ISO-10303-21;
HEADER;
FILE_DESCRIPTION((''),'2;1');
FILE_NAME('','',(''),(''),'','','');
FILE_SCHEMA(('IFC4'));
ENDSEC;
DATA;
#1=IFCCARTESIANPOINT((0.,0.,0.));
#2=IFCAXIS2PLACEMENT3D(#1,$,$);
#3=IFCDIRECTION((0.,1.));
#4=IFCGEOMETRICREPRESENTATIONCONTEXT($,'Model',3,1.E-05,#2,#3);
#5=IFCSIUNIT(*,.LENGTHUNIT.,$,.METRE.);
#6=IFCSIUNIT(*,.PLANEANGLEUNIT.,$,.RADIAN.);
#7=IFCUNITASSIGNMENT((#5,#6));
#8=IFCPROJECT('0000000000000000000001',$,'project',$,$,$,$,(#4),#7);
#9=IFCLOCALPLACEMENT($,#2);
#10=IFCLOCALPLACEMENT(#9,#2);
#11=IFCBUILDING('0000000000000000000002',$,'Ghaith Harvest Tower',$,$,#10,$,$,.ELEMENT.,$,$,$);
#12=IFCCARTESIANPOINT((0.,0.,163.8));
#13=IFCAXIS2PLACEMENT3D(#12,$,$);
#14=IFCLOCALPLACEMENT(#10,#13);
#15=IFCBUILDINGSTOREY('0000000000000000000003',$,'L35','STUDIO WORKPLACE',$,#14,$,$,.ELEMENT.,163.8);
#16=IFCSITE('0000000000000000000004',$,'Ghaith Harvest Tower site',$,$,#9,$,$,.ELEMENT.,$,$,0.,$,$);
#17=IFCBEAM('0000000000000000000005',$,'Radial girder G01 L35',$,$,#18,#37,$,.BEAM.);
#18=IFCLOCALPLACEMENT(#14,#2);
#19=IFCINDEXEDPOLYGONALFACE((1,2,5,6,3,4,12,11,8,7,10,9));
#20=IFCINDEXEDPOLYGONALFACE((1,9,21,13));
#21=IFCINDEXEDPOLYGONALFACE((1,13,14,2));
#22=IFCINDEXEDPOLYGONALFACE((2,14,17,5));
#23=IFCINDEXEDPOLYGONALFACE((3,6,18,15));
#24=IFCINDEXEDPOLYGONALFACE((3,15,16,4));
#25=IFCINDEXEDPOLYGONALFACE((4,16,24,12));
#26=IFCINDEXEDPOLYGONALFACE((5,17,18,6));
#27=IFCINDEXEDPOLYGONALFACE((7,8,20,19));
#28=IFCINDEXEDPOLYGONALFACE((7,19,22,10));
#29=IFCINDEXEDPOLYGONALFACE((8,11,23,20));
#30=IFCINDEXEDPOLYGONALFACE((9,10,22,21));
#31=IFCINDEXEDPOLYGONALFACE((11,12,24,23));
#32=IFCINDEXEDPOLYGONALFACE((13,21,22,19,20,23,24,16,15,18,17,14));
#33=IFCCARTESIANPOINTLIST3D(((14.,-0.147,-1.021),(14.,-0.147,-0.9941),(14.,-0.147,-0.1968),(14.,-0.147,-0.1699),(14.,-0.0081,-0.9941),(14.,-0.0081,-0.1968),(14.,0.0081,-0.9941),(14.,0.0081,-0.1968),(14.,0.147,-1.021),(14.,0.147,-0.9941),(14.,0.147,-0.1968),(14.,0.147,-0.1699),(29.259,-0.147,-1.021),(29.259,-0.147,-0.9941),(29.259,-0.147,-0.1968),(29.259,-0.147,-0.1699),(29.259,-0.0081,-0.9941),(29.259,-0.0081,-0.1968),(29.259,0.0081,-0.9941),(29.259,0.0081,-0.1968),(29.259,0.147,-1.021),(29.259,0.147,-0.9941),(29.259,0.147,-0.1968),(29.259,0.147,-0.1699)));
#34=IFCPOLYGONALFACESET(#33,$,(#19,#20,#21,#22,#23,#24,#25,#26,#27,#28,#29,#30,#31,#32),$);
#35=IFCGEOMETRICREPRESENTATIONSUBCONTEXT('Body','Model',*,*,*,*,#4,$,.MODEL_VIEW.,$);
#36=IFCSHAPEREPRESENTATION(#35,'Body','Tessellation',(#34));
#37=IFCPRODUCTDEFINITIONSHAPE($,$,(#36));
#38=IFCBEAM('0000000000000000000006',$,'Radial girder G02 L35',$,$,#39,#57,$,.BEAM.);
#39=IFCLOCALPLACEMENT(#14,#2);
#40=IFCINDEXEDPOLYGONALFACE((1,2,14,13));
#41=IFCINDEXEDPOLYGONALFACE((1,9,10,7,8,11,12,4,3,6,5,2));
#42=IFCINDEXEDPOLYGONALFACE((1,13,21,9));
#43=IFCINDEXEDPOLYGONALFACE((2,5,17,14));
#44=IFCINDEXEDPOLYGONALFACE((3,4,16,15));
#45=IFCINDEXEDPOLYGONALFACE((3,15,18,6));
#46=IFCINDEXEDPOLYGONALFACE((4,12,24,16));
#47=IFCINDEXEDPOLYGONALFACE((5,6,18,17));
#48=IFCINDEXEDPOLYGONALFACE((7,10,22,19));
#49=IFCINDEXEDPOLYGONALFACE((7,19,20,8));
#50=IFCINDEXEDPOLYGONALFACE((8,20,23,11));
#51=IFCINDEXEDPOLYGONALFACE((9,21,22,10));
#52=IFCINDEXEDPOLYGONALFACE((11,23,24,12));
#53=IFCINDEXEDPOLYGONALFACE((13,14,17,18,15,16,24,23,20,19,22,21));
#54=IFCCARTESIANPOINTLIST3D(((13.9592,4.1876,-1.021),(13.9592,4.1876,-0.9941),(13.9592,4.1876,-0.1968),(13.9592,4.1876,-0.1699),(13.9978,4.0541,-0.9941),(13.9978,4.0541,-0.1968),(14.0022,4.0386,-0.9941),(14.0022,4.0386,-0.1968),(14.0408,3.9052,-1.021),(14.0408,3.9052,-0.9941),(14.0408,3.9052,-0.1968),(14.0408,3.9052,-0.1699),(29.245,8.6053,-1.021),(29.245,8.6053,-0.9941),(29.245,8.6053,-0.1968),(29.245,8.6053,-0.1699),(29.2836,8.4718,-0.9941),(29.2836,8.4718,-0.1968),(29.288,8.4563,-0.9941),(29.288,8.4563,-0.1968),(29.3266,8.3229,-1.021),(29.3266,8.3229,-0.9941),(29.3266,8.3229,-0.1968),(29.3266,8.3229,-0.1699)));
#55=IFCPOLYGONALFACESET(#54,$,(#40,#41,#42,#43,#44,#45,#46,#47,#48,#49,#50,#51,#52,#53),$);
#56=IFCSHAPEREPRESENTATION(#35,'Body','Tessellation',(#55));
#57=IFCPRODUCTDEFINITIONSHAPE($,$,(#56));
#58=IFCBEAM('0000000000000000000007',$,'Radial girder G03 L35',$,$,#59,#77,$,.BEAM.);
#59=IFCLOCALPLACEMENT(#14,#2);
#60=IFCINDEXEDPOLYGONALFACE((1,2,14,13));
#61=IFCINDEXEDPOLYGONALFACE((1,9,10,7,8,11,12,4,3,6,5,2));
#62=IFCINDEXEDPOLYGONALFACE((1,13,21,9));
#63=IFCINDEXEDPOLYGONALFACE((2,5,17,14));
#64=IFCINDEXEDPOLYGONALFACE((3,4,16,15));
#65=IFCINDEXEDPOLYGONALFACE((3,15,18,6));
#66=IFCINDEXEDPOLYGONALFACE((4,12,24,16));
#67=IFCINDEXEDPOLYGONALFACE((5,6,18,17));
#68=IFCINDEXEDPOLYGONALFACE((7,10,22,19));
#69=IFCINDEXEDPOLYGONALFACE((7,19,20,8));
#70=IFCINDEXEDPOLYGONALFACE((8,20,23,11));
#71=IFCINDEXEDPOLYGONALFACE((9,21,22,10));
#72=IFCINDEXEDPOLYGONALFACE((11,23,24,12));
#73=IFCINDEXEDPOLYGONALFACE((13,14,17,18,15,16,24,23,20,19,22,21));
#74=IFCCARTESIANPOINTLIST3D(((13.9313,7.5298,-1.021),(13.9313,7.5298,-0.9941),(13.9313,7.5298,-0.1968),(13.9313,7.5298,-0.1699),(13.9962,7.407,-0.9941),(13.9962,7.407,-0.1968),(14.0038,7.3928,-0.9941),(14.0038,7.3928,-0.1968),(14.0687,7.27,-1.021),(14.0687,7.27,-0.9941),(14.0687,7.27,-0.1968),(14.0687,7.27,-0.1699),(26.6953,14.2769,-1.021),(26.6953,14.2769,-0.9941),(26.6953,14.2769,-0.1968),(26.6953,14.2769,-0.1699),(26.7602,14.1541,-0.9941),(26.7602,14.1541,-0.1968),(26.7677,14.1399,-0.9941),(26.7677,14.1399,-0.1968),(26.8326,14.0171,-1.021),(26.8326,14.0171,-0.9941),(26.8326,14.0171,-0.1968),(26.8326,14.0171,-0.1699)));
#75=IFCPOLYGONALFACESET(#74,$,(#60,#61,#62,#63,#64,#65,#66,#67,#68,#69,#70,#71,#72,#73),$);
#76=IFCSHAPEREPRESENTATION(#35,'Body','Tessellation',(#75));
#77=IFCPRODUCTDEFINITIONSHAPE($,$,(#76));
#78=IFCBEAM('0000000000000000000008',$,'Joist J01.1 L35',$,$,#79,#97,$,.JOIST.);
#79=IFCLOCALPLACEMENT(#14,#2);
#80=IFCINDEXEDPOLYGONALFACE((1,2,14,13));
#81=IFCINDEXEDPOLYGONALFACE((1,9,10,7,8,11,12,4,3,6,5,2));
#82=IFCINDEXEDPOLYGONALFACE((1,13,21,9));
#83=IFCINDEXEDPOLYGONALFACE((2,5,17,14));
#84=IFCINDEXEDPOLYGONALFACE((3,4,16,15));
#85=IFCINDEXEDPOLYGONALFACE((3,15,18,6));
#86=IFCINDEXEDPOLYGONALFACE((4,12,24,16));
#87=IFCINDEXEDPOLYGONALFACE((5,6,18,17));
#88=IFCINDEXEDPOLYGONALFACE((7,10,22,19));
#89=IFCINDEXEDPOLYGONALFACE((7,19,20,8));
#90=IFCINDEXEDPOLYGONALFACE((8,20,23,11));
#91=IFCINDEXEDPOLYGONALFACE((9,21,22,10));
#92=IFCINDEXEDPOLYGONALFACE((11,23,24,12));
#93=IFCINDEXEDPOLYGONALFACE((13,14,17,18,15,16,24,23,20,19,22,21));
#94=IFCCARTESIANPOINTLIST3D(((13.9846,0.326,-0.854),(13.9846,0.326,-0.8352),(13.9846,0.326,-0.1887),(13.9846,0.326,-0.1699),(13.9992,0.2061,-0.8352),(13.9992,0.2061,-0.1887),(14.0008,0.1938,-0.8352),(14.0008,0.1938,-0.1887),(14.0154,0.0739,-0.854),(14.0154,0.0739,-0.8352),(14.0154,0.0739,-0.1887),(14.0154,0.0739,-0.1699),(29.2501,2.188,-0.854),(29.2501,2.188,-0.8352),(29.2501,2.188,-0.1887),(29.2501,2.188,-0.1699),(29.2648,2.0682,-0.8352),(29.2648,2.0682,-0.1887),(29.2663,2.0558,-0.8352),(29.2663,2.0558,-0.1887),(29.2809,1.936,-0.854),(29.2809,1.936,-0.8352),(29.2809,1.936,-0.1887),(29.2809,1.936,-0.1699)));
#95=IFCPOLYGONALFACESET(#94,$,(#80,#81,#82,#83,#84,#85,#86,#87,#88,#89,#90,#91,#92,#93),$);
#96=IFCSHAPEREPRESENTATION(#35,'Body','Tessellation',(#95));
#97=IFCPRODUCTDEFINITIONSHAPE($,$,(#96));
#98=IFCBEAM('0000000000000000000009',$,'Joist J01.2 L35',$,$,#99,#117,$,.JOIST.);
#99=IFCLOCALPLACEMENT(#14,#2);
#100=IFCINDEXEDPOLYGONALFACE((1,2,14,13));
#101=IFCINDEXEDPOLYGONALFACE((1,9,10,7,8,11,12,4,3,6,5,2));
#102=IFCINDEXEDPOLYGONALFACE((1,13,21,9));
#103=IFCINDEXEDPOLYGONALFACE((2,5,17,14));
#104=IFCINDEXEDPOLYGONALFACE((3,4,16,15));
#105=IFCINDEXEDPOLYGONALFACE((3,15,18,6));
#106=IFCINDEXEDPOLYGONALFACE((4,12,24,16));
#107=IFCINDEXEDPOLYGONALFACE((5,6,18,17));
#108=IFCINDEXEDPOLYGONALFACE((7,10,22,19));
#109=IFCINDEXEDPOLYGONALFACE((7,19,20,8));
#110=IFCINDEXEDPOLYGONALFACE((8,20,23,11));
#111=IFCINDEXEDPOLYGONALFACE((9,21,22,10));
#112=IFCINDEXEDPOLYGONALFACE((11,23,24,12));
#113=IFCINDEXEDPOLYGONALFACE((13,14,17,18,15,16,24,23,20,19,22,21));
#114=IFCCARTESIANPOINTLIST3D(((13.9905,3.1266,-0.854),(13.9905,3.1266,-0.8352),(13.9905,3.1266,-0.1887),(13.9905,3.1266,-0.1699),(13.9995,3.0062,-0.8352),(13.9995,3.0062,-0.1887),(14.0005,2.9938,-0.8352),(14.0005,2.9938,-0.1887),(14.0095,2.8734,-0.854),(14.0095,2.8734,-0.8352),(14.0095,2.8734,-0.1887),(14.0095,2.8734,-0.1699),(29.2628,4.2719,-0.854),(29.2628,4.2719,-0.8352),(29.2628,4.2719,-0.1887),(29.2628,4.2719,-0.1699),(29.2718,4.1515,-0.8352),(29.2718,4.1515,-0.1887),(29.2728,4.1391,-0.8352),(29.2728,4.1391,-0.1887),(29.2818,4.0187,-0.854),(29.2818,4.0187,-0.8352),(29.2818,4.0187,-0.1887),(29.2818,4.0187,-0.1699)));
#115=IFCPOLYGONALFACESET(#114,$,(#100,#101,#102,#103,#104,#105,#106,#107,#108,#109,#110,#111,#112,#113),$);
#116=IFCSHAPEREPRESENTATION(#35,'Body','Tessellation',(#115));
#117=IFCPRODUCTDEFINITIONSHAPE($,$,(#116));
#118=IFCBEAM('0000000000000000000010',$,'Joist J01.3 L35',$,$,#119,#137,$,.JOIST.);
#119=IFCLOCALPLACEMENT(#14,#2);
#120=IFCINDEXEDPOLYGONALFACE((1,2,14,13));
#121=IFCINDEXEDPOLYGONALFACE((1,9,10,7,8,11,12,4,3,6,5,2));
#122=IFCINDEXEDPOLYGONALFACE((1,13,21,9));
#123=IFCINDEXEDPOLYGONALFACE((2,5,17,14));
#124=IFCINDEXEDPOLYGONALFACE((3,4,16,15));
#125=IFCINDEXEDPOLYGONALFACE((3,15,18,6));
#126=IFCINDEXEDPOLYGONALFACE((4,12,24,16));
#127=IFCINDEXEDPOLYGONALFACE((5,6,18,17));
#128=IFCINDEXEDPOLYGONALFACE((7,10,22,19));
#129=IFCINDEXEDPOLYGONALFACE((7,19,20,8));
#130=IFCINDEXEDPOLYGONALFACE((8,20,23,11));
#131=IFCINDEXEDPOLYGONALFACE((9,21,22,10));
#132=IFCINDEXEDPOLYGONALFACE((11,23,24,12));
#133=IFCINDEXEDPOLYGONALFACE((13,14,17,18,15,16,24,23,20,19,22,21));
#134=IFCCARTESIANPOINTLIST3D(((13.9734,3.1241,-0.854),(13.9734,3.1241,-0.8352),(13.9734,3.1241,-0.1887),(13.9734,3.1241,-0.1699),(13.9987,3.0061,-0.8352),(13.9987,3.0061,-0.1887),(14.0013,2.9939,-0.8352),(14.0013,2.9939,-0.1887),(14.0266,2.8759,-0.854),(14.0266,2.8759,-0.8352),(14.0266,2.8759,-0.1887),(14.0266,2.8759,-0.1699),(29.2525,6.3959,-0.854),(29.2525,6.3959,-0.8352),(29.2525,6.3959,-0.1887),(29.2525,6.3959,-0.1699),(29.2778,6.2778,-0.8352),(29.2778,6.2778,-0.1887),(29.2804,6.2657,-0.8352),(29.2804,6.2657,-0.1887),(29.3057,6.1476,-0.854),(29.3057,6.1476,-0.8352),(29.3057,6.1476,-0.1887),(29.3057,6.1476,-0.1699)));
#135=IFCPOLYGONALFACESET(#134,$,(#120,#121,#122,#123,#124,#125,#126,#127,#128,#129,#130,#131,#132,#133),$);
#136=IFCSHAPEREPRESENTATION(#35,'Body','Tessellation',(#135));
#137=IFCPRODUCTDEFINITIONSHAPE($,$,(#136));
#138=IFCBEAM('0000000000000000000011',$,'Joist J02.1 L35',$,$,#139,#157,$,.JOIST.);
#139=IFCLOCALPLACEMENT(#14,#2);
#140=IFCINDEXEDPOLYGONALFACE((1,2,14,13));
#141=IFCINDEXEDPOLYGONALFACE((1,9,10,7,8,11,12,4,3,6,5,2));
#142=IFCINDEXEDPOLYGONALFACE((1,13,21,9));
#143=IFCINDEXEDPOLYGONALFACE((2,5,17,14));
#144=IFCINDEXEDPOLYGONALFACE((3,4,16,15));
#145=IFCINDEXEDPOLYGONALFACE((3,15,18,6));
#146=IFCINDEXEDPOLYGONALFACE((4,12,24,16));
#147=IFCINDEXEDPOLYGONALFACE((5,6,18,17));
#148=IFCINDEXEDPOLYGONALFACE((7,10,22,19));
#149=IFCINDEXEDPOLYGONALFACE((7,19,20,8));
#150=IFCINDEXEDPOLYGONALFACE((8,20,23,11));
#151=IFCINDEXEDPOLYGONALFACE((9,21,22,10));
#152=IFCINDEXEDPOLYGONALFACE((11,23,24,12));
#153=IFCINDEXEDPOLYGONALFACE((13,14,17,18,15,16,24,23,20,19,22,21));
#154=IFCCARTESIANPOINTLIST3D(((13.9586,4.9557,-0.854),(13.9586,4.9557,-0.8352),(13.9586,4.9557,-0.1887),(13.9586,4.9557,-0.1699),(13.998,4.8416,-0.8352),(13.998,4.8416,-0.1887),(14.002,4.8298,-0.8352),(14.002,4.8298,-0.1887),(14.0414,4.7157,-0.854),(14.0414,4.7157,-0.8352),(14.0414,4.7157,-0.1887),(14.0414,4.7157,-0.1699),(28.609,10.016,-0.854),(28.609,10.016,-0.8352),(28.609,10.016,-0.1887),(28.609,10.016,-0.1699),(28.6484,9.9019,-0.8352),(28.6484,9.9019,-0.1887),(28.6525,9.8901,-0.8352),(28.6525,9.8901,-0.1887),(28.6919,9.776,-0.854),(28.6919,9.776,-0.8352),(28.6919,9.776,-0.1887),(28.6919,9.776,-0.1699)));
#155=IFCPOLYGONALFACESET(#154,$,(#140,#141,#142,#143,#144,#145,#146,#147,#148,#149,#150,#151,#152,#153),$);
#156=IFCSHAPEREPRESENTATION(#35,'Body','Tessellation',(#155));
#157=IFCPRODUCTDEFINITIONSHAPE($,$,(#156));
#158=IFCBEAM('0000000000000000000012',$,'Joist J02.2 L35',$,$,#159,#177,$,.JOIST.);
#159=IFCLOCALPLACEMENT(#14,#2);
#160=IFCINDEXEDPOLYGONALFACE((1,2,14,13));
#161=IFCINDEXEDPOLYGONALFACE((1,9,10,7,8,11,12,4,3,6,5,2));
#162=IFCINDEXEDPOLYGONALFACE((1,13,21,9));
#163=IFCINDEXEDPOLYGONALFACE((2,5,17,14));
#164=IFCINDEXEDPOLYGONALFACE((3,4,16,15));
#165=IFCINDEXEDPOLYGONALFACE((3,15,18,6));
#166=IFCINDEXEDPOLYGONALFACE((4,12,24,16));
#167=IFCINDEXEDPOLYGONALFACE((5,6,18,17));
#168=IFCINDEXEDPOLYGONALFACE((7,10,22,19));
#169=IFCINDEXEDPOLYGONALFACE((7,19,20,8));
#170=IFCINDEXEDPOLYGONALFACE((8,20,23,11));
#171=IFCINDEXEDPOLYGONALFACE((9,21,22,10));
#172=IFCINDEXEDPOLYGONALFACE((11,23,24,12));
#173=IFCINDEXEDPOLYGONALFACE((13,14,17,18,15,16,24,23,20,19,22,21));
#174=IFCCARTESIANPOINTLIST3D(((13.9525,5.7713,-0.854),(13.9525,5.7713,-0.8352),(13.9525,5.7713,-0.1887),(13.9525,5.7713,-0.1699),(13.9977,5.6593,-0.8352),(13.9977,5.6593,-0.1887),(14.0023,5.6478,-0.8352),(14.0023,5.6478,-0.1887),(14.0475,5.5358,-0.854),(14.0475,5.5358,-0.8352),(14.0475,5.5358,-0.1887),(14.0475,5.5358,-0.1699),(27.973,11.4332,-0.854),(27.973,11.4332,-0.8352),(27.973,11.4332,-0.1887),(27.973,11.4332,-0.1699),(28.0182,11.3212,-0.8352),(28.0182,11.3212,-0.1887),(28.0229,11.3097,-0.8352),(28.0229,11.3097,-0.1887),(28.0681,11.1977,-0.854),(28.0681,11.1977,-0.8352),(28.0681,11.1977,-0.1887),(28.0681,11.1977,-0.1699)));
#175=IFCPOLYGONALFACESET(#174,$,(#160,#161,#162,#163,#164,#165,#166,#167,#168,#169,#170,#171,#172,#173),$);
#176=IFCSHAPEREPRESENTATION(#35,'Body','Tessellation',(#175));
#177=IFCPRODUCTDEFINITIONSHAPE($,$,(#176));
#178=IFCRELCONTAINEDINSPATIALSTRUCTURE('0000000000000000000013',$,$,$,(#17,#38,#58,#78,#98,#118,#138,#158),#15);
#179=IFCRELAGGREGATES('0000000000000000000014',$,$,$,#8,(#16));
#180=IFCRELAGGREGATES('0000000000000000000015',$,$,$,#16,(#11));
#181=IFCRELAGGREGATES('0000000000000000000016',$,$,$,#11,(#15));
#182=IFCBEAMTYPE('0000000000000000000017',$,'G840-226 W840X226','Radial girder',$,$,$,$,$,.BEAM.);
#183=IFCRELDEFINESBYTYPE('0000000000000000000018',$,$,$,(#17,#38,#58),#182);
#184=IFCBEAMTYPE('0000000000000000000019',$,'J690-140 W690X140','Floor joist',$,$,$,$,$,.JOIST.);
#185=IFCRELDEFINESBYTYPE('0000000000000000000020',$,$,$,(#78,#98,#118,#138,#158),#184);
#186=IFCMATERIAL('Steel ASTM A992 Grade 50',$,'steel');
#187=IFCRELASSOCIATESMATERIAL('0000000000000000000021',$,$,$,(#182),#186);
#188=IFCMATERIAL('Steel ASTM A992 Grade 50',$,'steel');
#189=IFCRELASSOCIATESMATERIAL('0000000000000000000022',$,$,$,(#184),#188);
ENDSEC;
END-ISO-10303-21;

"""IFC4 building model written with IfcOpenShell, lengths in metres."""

from ifc_helpers import new_model, si_unit, direction, frame, origin, origin_2d, place, context, subcontext, project, spatial, i_section, extrude, material, material_profile, profile_set, type_object, element, save


model = new_model("IFC4")

# Units and contexts
model_context = context("Model", 3, precision=1e-05, world=origin(), true_north=direction((0.0, 1.0)))
body_context = subcontext(model_context, "Body", "Model", "MODEL_VIEW")
ifc_project = project(units=[si_unit("LENGTHUNIT", "METRE"), si_unit("PLANEANGLEUNIT", "RADIAN")], contexts=[model_context])

# Site, building, storey
site_placement = place(None, origin())
site = spatial("IfcSite", under=ifc_project, at=site_placement, Name="Ghaith Harvest Tower site", CompositionType="ELEMENT", RefElevation=0.0)
building_placement = place(site_placement, origin())
building = spatial("IfcBuilding", under=site, at=building_placement, Name="Ghaith Harvest Tower", CompositionType="ELEMENT")
storey_placement = place(building_placement, frame((0.0, 0.0, 163.8)))
storey = spatial("IfcBuildingStorey", under=building, at=storey_placement, Name="L35", Description="STUDIO WORKPLACE", CompositionType="ELEMENT", Elevation=163.8)

# Beams
ifc_material_1 = material(Name="Steel ASTM A992 Grade 50", Category="steel")
ifc_material_profile_1 = material_profile(ifc_material_1, i_section(OverallWidth=0.2939, OverallDepth=0.8511, WebThickness=0.0161, FlangeThickness=0.0269, at=origin_2d()), Name="W840X226")
ifc_profile_set_1 = profile_set([ifc_material_profile_1], Name="Steel ASTM A992 Grade 50")
beam_type_1 = type_object("IfcBeamType", Name="G840-226 W840X226", Description="Radial girder", PredefinedType="BEAM", material=ifc_profile_set_1)
beam_1_placement = place(storey_placement, frame((14.0, 0.0, -0.5955), z_axis=(1.0, 0.0, 0.0), x_axis=(0.0, 1.0, 0.0)))
element("IfcBeam", 1, at=beam_1_placement, inside=storey, type_object=beam_type_1, Name="Radial girder G01 L35", PredefinedType="BEAM", context=body_context, shape_type="SweptSolid", body=[
    extrude(i_section(OverallWidth=0.2939, OverallDepth=0.8511, WebThickness=0.0161, FlangeThickness=0.0269, at=origin_2d()), origin(), (0.0, 0.0, 1.0), 15.259),
])
beam_2_placement = place(storey_placement, frame((14.0, 4.0464, -0.5955), z_axis=(0.960684, 0.277644, 0.0), x_axis=(-0.277644, 0.960684, 0.0)))
element("IfcBeam", 2, at=beam_2_placement, inside=storey, type_object=beam_type_1, Name="Radial girder G02 L35", PredefinedType="BEAM", context=body_context, shape_type="SweptSolid", body=[
    extrude(i_section(OverallWidth=0.2939, OverallDepth=0.8511, WebThickness=0.0161, FlangeThickness=0.0269, at=origin_2d()), origin(), (0.0, 0.0, 1.0), 15.9114),
])
beam_3_placement = place(storey_placement, frame((14.0, 7.3999, -0.5955), z_axis=(0.884083, 0.467331, 0.0), x_axis=(-0.467331, 0.884083, 0.0)))
element("IfcBeam", 3, at=beam_3_placement, inside=storey, type_object=beam_type_1, Name="Radial girder G03 L35", PredefinedType="BEAM", context=body_context, shape_type="SweptSolid", body=[
    extrude(i_section(OverallWidth=0.2939, OverallDepth=0.8511, WebThickness=0.0161, FlangeThickness=0.0269, at=origin_2d()), origin(), (0.0, 0.0, 1.0), 14.4375),
])
ifc_material_2 = material(Name="Steel ASTM A992 Grade 50", Category="steel")
ifc_material_profile_2 = material_profile(ifc_material_2, i_section(OverallWidth=0.2539, OverallDepth=0.6841, WebThickness=0.0125, FlangeThickness=0.0188, at=origin_2d()), Name="W690X140")
ifc_profile_set_2 = profile_set([ifc_material_profile_2], Name="Steel ASTM A992 Grade 50")
beam_type_2 = type_object("IfcBeamType", Name="J690-140 W690X140", Description="Floor joist", PredefinedType="JOIST", material=ifc_profile_set_2)
beam_4_placement = place(storey_placement, frame((14.0, 0.2, -0.512), z_axis=(0.992643, 0.12108, 0.0), x_axis=(-0.12108, 0.992643, 0.0)))
element("IfcBeam", 4, at=beam_4_placement, inside=storey, type_object=beam_type_2, Name="Joist J01.1 L35", PredefinedType="JOIST", context=body_context, shape_type="SweptSolid", body=[
    extrude(i_section(OverallWidth=0.2539, OverallDepth=0.6841, WebThickness=0.0125, FlangeThickness=0.0188, at=origin_2d()), origin(), (0.0, 0.0, 1.0), 15.3787),
])
beam_5_placement = place(storey_placement, frame((14.0, 3.0, -0.512), z_axis=(0.9972, 0.07478, 0.0), x_axis=(-0.07478, 0.9972, 0.0)))
element("IfcBeam", 5, at=beam_5_placement, inside=storey, type_object=beam_type_2, Name="Joist J01.2 L35", PredefinedType="JOIST", context=body_context, shape_type="SweptSolid", body=[
    extrude(i_section(OverallWidth=0.2539, OverallDepth=0.6841, WebThickness=0.0125, FlangeThickness=0.0188, at=origin_2d()), origin(), (0.0, 0.0, 1.0), 15.3152),
])
beam_6_placement = place(storey_placement, frame((14.0, 3.0, -0.512), z_axis=(0.977833, 0.209385, 0.0), x_axis=(-0.209385, 0.977833, 0.0)))
element("IfcBeam", 6, at=beam_6_placement, inside=storey, type_object=beam_type_2, Name="Joist J01.3 L35", PredefinedType="JOIST", context=body_context, shape_type="SweptSolid", body=[
    extrude(i_section(OverallWidth=0.2539, OverallDepth=0.6841, WebThickness=0.0125, FlangeThickness=0.0188, at=origin_2d()), origin(), (0.0, 0.0, 1.0), 15.6255),
])
beam_7_placement = place(storey_placement, frame((14.0, 4.8357, -0.512), z_axis=(0.945205, 0.326478, 0.0), x_axis=(-0.326478, 0.945205, 0.0)))
element("IfcBeam", 7, at=beam_7_placement, inside=storey, type_object=beam_type_2, Name="Joist J02.1 L35", PredefinedType="JOIST", context=body_context, shape_type="SweptSolid", body=[
    extrude(i_section(OverallWidth=0.2539, OverallDepth=0.6841, WebThickness=0.0125, FlangeThickness=0.0188, at=origin_2d()), origin(), (0.0, 0.0, 1.0), 15.4998),
])
beam_8_placement = place(storey_placement, frame((14.0, 5.6536, -0.512), z_axis=(0.927248, 0.374448, 0.0), x_axis=(-0.374448, 0.927248, 0.0)))
element("IfcBeam", 8, at=beam_8_placement, inside=storey, type_object=beam_type_2, Name="Joist J02.2 L35", PredefinedType="JOIST", context=body_context, shape_type="SweptSolid", body=[
    extrude(i_section(OverallWidth=0.2539, OverallDepth=0.6841, WebThickness=0.0125, FlangeThickness=0.0188, at=origin_2d()), origin(), (0.0, 0.0, 1.0), 15.1206),
])

save(model, "model.ifc")
